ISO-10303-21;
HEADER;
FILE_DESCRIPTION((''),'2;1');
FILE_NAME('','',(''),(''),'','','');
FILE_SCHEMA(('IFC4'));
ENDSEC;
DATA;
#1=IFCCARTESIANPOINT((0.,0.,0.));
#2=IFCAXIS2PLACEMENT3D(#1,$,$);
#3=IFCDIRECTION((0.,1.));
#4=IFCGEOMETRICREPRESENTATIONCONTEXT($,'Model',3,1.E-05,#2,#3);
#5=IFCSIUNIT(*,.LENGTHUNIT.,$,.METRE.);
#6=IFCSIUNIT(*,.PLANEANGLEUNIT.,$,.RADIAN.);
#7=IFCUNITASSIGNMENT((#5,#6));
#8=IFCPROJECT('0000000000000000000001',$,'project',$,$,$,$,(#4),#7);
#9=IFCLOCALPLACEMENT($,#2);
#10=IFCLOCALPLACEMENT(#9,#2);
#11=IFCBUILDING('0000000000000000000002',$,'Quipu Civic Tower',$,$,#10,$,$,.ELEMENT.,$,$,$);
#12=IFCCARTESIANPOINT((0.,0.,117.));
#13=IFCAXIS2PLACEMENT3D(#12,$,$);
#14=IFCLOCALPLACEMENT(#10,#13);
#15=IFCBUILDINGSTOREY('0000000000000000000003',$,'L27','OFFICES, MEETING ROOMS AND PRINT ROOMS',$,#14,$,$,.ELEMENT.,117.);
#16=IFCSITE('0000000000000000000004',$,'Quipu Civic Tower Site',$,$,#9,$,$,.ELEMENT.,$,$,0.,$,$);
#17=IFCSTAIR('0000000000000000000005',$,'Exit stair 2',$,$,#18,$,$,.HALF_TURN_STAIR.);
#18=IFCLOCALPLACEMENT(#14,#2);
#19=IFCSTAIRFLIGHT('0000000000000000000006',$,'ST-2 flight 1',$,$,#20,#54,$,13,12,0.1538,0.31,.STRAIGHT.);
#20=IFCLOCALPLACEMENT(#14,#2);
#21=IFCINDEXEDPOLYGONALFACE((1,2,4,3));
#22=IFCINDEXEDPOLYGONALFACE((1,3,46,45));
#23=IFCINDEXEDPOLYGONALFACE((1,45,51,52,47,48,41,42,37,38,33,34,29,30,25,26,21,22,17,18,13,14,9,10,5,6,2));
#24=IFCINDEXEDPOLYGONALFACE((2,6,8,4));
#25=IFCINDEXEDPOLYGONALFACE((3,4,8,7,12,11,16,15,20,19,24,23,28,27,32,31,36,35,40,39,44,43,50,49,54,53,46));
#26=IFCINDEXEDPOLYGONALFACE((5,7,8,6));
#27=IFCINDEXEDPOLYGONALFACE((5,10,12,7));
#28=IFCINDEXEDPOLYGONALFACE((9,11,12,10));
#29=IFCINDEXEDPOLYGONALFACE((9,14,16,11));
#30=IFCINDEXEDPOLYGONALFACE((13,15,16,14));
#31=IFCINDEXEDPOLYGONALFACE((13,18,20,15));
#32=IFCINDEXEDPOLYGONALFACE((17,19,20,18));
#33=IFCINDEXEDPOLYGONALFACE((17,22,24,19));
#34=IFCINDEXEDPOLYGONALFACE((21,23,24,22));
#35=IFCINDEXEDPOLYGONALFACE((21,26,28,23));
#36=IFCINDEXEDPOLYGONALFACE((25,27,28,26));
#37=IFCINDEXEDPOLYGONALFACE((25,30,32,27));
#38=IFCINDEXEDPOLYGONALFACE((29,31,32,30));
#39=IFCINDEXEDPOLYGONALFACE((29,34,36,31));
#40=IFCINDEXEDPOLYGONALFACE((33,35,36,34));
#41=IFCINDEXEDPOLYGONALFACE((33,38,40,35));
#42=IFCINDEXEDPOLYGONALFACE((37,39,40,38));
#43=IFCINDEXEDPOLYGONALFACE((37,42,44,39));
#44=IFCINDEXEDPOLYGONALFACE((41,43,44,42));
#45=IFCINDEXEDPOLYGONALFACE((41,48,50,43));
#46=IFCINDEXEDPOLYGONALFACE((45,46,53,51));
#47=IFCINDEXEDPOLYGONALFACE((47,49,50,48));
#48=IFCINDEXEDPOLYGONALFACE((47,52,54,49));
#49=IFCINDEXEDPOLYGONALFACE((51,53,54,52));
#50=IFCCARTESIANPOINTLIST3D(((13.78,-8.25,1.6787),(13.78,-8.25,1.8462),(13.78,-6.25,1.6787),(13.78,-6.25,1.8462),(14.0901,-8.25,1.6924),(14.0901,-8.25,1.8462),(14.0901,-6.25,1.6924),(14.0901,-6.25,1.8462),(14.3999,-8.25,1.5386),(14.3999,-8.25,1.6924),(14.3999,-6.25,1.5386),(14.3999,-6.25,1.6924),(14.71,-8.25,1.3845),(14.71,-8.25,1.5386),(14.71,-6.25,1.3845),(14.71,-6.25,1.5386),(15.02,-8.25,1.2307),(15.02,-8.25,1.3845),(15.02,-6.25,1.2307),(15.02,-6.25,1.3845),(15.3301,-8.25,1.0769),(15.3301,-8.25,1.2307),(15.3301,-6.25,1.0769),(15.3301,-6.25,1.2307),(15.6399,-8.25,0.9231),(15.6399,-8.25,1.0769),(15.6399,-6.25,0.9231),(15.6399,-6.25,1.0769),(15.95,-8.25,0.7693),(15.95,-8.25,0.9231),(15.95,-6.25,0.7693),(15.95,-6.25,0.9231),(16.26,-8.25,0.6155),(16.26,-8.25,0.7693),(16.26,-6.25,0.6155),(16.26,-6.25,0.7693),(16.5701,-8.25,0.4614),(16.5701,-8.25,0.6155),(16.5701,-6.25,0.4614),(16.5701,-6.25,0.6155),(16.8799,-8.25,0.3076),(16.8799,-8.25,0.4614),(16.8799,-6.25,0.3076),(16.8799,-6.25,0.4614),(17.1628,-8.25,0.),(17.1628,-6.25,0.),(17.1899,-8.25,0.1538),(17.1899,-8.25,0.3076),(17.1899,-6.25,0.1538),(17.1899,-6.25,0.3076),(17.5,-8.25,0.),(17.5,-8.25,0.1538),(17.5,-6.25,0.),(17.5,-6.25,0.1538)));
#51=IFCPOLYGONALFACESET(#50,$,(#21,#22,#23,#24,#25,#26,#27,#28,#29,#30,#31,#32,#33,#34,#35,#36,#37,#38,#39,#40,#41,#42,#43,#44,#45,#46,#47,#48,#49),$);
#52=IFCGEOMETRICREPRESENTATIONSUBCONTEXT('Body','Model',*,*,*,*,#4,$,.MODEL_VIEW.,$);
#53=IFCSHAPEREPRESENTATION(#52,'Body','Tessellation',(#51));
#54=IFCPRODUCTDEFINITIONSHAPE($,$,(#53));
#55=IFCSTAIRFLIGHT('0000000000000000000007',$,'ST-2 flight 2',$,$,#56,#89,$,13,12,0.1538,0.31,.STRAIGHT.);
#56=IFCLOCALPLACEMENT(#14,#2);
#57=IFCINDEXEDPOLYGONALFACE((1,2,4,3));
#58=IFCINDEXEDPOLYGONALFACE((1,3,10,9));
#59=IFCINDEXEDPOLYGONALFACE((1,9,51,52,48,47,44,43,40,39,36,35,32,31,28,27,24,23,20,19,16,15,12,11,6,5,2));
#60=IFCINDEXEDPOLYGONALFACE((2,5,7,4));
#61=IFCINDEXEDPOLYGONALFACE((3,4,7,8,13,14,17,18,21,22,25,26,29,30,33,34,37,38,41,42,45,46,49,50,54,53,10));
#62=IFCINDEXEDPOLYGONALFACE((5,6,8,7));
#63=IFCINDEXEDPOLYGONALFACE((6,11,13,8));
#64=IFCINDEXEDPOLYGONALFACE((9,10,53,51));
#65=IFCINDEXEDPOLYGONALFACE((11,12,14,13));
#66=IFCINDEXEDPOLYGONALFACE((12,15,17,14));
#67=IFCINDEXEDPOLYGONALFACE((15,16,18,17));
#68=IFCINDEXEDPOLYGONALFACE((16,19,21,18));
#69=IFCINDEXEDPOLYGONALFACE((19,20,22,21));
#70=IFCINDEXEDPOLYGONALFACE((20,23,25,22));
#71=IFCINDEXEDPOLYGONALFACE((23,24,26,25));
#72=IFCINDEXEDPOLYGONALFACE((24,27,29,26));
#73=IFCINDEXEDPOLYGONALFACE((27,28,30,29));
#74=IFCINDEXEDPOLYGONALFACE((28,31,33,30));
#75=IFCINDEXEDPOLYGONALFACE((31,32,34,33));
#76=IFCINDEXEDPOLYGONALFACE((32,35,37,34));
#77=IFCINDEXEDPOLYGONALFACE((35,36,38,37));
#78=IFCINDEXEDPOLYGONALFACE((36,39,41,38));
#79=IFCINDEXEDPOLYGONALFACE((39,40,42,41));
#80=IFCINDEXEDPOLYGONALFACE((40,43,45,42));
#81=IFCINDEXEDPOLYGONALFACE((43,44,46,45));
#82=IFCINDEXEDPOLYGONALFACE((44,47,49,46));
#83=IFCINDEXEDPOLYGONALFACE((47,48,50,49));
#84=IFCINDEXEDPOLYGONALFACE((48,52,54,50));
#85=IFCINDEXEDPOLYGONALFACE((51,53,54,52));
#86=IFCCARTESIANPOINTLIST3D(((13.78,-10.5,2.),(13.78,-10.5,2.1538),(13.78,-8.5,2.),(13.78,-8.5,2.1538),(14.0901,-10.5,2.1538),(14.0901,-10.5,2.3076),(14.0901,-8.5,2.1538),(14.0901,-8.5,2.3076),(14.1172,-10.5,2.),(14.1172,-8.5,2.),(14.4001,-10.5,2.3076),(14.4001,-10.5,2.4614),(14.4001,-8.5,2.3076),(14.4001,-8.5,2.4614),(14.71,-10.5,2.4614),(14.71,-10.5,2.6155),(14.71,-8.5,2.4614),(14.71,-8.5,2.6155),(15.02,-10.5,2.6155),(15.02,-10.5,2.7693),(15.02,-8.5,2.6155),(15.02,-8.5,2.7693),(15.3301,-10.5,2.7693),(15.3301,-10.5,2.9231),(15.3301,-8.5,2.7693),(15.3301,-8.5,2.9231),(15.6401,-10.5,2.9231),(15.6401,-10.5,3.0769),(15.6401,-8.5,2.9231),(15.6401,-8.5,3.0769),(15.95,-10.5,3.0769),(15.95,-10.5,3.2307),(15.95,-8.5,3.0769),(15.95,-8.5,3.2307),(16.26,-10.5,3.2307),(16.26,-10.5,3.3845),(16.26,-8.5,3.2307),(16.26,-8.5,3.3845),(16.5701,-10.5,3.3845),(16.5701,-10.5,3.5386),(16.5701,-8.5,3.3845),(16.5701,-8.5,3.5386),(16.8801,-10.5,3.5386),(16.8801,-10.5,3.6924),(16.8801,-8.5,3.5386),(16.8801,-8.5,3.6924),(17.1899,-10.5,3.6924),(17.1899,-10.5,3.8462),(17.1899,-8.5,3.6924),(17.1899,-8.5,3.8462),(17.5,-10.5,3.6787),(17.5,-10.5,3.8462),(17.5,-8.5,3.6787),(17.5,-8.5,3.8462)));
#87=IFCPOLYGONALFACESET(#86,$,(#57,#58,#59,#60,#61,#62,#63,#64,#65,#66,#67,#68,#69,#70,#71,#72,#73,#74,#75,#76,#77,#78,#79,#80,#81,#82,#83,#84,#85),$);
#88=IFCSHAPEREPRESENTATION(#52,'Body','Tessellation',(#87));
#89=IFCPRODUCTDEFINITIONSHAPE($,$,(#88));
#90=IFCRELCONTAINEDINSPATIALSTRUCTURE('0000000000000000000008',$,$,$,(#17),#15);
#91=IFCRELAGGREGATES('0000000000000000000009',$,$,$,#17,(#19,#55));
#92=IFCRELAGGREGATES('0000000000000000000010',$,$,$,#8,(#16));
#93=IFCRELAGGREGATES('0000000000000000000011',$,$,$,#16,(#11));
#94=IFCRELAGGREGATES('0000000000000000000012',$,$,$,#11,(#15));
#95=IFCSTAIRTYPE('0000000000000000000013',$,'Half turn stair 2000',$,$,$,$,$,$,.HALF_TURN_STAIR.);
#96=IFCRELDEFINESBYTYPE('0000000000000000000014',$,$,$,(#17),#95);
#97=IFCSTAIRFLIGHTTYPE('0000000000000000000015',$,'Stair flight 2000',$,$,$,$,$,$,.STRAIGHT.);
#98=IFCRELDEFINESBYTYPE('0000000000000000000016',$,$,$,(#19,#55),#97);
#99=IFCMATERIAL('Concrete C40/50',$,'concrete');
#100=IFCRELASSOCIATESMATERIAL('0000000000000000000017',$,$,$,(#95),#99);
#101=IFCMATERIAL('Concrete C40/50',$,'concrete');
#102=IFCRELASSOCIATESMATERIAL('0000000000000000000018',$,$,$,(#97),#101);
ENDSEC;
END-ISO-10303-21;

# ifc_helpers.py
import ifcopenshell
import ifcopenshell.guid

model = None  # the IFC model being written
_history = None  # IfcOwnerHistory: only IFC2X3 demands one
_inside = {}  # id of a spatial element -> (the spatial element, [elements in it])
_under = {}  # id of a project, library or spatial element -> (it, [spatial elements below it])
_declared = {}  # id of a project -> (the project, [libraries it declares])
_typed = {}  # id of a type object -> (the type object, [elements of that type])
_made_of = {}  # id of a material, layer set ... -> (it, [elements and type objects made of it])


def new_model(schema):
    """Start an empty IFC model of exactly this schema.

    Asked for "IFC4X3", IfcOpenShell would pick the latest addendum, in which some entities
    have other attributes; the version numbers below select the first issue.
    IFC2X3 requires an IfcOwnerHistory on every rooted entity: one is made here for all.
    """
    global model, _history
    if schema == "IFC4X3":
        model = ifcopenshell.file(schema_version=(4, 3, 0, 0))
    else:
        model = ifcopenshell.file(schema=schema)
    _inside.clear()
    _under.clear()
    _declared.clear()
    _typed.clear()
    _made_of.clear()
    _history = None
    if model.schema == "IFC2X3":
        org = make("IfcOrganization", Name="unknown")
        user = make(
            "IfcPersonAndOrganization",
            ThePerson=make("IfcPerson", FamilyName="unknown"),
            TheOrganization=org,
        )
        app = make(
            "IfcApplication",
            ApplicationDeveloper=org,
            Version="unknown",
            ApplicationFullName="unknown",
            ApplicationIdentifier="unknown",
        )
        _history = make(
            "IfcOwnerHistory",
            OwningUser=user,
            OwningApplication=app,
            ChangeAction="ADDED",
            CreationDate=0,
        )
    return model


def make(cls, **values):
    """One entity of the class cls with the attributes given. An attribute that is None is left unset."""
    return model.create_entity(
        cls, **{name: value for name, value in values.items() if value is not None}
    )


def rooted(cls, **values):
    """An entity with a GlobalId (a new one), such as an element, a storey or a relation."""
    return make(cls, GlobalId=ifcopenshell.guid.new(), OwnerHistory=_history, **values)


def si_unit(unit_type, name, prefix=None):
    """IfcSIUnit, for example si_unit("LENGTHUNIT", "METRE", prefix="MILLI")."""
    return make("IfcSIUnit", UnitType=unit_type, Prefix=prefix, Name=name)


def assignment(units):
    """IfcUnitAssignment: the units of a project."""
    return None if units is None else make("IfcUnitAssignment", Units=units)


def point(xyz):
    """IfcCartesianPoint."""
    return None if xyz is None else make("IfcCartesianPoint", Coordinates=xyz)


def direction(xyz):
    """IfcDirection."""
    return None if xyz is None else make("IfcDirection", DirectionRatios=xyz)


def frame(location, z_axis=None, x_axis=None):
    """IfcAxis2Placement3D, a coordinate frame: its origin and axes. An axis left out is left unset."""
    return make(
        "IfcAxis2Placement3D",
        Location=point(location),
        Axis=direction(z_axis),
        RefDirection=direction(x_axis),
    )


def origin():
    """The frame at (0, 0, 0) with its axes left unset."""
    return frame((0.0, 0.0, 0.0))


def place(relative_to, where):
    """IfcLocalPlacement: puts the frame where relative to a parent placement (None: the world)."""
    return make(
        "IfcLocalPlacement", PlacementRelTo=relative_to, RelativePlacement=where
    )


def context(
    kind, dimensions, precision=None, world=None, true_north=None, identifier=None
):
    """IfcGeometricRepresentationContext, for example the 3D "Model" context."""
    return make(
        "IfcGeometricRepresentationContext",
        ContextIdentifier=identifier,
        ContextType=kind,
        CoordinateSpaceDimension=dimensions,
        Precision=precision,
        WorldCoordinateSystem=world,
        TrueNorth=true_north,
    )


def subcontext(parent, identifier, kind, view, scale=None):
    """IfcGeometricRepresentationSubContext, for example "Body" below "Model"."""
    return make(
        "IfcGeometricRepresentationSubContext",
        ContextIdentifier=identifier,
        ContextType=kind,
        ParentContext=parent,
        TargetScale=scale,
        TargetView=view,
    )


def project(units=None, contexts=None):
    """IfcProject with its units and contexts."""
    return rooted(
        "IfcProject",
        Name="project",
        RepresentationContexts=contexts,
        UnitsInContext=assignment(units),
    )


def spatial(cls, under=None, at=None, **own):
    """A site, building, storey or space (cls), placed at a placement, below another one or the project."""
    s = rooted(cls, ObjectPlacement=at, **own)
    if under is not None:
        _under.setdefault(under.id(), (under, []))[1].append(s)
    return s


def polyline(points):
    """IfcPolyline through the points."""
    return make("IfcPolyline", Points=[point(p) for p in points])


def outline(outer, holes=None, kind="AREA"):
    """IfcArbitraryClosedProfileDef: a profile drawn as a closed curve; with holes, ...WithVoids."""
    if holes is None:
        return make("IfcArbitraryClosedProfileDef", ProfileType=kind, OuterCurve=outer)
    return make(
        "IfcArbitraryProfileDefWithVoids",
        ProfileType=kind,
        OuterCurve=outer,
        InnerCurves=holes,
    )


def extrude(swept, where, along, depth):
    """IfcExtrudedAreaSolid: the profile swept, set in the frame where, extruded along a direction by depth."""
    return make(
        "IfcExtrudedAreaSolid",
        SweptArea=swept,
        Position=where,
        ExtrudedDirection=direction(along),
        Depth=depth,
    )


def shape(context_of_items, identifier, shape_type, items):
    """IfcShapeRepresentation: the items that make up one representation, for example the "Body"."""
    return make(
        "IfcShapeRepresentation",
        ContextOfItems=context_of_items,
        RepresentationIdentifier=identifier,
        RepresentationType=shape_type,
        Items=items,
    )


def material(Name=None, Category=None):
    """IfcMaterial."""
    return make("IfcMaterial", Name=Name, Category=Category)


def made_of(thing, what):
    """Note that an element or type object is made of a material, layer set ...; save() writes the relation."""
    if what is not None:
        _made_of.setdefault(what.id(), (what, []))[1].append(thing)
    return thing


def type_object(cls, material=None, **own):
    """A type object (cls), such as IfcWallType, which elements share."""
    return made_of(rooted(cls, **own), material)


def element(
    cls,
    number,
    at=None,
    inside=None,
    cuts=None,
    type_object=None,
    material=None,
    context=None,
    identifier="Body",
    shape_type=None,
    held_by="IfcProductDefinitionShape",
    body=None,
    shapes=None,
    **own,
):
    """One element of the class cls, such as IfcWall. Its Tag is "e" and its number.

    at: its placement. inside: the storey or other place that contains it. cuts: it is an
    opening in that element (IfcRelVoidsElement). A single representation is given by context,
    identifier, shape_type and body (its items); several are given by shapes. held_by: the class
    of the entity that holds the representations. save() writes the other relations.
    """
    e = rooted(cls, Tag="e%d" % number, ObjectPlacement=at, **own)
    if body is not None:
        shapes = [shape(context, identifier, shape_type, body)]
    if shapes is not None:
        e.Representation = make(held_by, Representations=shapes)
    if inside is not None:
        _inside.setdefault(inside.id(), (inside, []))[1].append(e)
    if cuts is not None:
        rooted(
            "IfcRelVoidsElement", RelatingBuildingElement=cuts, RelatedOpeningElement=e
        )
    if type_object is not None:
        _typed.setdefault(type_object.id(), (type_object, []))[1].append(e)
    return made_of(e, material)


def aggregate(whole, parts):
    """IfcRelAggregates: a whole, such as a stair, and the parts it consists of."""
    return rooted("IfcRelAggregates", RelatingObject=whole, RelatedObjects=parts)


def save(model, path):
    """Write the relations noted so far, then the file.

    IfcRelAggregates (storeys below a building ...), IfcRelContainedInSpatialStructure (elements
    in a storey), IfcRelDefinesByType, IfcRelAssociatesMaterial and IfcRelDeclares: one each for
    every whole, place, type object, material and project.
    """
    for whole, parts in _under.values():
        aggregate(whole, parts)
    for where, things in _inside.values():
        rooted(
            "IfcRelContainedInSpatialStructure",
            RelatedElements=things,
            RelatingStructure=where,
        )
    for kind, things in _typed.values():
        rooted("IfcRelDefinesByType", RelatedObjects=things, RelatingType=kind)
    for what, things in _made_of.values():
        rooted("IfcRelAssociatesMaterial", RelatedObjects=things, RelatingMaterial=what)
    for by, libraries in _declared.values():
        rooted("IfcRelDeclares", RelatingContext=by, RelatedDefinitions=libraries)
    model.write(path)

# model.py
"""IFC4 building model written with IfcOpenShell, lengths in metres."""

from ifc_helpers import new_model, si_unit, direction, frame, origin, place, context, subcontext, project, spatial, polyline, outline, extrude, material, type_object, element, aggregate, save


model = new_model("IFC4")

# Units and contexts
model_context = context("Model", 3, precision=1e-05, world=origin(), true_north=direction((0.0, 1.0)))
body_context = subcontext(model_context, "Body", "Model", "MODEL_VIEW")
ifc_project = project(units=[si_unit("LENGTHUNIT", "METRE"), si_unit("PLANEANGLEUNIT", "RADIAN")], contexts=[model_context])

# Site, building, storey
site_placement = place(None, origin())
site = spatial("IfcSite", under=ifc_project, at=site_placement, Name="Quipu Civic Tower Site", CompositionType="ELEMENT", RefElevation=0.0)
building_placement = place(site_placement, origin())
building = spatial("IfcBuilding", under=site, at=building_placement, Name="Quipu Civic Tower", CompositionType="ELEMENT")
storey_placement = place(building_placement, frame((0.0, 0.0, 117.0)))
storey = spatial("IfcBuildingStorey", under=building, at=storey_placement, Name="L27", Description="OFFICES, MEETING ROOMS AND PRINT ROOMS", CompositionType="ELEMENT", Elevation=117.0)

# Stair, stair flights
ifc_material_1 = material(Name="Concrete C40/50", Category="concrete")
stair_type = type_object("IfcStairType", Name="Half turn stair 2000", PredefinedType="HALF_TURN_STAIR", material=ifc_material_1)
stair_placement = place(storey_placement, origin())
stair = element("IfcStair", 1, at=stair_placement, inside=storey, type_object=stair_type, Name="Exit stair 2", PredefinedType="HALF_TURN_STAIR")
ifc_material_2 = material(Name="Concrete C40/50", Category="concrete")
stair_flight_type = type_object("IfcStairFlightType", Name="Stair flight 2000", PredefinedType="STRAIGHT", material=ifc_material_2)
stair_flight_1_placement = place(storey_placement, frame((17.5, -7.25, 0.0), z_axis=(0.0, 0.0, 1.0), x_axis=(-1.0, 0.0, 0.0)))
stair_flight_1 = element("IfcStairFlight", 2, at=stair_flight_1_placement, type_object=stair_flight_type, Name="ST-2 flight 1", NumberOfRisers=13, NumberOfTreads=12, PredefinedType="STRAIGHT", RiserHeight=0.1538, TreadLength=0.31, context=body_context, shape_type="SweptSolid", body=[
    extrude(outline(polyline([(0.0, 0.0), (0.0, 0.1538), (0.3101, 0.1538), (0.3101, 0.3076), (0.6201, 0.3076), (0.6201, 0.4614), (0.9299, 0.4614), (0.9299, 0.6155), (1.24, 0.6155), (1.24, 0.7693), (1.55, 0.7693), (1.55, 0.9231), (1.8601, 0.9231), (1.8601, 1.0769), (2.1699, 1.0769), (2.1699, 1.2307), (2.48, 1.2307), (2.48, 1.3845), (2.79, 1.3845), (2.79, 1.5386), (3.1001, 1.5386), (3.1001, 1.6924), (3.4099, 1.6924), (3.4099, 1.8462), (3.72, 1.8462), (3.72, 2.0), (3.72, 1.6787), (0.3372, 0.0), (0.0, 0.0)])), frame((0.0, 1.0, 0.0), z_axis=(0.0, -1.0, 0.0), x_axis=(1.0, 0.0, 0.0)), (0.0, 0.0, 1.0), 2.0),
])
stair_flight_2_placement = place(storey_placement, frame((13.78, -9.5, 2.0), z_axis=(0.0, 0.0, 1.0), x_axis=(1.0, 0.0, 0.0)))
stair_flight_2 = element("IfcStairFlight", 3, at=stair_flight_2_placement, type_object=stair_flight_type, Name="ST-2 flight 2", NumberOfRisers=13, NumberOfTreads=12, PredefinedType="STRAIGHT", RiserHeight=0.1538, TreadLength=0.31, context=body_context, shape_type="SweptSolid", body=[
    extrude(outline(polyline([(0.0, 0.0), (0.0, 0.1538), (0.3101, 0.1538), (0.3101, 0.3076), (0.6201, 0.3076), (0.6201, 0.4614), (0.9299, 0.4614), (0.9299, 0.6155), (1.24, 0.6155), (1.24, 0.7693), (1.55, 0.7693), (1.55, 0.9231), (1.8601, 0.9231), (1.8601, 1.0769), (2.1699, 1.0769), (2.1699, 1.2307), (2.48, 1.2307), (2.48, 1.3845), (2.79, 1.3845), (2.79, 1.5386), (3.1001, 1.5386), (3.1001, 1.6924), (3.4099, 1.6924), (3.4099, 1.8462), (3.72, 1.8462), (3.72, 2.0), (3.72, 1.6787), (0.3372, 0.0), (0.0, 0.0)])), frame((0.0, 1.0, 0.0), z_axis=(0.0, -1.0, 0.0), x_axis=(1.0, 0.0, 0.0)), (0.0, 0.0, 1.0), 2.0),
])
aggregate(stair, [stair_flight_1, stair_flight_2])

save(model, "model.ifc")
